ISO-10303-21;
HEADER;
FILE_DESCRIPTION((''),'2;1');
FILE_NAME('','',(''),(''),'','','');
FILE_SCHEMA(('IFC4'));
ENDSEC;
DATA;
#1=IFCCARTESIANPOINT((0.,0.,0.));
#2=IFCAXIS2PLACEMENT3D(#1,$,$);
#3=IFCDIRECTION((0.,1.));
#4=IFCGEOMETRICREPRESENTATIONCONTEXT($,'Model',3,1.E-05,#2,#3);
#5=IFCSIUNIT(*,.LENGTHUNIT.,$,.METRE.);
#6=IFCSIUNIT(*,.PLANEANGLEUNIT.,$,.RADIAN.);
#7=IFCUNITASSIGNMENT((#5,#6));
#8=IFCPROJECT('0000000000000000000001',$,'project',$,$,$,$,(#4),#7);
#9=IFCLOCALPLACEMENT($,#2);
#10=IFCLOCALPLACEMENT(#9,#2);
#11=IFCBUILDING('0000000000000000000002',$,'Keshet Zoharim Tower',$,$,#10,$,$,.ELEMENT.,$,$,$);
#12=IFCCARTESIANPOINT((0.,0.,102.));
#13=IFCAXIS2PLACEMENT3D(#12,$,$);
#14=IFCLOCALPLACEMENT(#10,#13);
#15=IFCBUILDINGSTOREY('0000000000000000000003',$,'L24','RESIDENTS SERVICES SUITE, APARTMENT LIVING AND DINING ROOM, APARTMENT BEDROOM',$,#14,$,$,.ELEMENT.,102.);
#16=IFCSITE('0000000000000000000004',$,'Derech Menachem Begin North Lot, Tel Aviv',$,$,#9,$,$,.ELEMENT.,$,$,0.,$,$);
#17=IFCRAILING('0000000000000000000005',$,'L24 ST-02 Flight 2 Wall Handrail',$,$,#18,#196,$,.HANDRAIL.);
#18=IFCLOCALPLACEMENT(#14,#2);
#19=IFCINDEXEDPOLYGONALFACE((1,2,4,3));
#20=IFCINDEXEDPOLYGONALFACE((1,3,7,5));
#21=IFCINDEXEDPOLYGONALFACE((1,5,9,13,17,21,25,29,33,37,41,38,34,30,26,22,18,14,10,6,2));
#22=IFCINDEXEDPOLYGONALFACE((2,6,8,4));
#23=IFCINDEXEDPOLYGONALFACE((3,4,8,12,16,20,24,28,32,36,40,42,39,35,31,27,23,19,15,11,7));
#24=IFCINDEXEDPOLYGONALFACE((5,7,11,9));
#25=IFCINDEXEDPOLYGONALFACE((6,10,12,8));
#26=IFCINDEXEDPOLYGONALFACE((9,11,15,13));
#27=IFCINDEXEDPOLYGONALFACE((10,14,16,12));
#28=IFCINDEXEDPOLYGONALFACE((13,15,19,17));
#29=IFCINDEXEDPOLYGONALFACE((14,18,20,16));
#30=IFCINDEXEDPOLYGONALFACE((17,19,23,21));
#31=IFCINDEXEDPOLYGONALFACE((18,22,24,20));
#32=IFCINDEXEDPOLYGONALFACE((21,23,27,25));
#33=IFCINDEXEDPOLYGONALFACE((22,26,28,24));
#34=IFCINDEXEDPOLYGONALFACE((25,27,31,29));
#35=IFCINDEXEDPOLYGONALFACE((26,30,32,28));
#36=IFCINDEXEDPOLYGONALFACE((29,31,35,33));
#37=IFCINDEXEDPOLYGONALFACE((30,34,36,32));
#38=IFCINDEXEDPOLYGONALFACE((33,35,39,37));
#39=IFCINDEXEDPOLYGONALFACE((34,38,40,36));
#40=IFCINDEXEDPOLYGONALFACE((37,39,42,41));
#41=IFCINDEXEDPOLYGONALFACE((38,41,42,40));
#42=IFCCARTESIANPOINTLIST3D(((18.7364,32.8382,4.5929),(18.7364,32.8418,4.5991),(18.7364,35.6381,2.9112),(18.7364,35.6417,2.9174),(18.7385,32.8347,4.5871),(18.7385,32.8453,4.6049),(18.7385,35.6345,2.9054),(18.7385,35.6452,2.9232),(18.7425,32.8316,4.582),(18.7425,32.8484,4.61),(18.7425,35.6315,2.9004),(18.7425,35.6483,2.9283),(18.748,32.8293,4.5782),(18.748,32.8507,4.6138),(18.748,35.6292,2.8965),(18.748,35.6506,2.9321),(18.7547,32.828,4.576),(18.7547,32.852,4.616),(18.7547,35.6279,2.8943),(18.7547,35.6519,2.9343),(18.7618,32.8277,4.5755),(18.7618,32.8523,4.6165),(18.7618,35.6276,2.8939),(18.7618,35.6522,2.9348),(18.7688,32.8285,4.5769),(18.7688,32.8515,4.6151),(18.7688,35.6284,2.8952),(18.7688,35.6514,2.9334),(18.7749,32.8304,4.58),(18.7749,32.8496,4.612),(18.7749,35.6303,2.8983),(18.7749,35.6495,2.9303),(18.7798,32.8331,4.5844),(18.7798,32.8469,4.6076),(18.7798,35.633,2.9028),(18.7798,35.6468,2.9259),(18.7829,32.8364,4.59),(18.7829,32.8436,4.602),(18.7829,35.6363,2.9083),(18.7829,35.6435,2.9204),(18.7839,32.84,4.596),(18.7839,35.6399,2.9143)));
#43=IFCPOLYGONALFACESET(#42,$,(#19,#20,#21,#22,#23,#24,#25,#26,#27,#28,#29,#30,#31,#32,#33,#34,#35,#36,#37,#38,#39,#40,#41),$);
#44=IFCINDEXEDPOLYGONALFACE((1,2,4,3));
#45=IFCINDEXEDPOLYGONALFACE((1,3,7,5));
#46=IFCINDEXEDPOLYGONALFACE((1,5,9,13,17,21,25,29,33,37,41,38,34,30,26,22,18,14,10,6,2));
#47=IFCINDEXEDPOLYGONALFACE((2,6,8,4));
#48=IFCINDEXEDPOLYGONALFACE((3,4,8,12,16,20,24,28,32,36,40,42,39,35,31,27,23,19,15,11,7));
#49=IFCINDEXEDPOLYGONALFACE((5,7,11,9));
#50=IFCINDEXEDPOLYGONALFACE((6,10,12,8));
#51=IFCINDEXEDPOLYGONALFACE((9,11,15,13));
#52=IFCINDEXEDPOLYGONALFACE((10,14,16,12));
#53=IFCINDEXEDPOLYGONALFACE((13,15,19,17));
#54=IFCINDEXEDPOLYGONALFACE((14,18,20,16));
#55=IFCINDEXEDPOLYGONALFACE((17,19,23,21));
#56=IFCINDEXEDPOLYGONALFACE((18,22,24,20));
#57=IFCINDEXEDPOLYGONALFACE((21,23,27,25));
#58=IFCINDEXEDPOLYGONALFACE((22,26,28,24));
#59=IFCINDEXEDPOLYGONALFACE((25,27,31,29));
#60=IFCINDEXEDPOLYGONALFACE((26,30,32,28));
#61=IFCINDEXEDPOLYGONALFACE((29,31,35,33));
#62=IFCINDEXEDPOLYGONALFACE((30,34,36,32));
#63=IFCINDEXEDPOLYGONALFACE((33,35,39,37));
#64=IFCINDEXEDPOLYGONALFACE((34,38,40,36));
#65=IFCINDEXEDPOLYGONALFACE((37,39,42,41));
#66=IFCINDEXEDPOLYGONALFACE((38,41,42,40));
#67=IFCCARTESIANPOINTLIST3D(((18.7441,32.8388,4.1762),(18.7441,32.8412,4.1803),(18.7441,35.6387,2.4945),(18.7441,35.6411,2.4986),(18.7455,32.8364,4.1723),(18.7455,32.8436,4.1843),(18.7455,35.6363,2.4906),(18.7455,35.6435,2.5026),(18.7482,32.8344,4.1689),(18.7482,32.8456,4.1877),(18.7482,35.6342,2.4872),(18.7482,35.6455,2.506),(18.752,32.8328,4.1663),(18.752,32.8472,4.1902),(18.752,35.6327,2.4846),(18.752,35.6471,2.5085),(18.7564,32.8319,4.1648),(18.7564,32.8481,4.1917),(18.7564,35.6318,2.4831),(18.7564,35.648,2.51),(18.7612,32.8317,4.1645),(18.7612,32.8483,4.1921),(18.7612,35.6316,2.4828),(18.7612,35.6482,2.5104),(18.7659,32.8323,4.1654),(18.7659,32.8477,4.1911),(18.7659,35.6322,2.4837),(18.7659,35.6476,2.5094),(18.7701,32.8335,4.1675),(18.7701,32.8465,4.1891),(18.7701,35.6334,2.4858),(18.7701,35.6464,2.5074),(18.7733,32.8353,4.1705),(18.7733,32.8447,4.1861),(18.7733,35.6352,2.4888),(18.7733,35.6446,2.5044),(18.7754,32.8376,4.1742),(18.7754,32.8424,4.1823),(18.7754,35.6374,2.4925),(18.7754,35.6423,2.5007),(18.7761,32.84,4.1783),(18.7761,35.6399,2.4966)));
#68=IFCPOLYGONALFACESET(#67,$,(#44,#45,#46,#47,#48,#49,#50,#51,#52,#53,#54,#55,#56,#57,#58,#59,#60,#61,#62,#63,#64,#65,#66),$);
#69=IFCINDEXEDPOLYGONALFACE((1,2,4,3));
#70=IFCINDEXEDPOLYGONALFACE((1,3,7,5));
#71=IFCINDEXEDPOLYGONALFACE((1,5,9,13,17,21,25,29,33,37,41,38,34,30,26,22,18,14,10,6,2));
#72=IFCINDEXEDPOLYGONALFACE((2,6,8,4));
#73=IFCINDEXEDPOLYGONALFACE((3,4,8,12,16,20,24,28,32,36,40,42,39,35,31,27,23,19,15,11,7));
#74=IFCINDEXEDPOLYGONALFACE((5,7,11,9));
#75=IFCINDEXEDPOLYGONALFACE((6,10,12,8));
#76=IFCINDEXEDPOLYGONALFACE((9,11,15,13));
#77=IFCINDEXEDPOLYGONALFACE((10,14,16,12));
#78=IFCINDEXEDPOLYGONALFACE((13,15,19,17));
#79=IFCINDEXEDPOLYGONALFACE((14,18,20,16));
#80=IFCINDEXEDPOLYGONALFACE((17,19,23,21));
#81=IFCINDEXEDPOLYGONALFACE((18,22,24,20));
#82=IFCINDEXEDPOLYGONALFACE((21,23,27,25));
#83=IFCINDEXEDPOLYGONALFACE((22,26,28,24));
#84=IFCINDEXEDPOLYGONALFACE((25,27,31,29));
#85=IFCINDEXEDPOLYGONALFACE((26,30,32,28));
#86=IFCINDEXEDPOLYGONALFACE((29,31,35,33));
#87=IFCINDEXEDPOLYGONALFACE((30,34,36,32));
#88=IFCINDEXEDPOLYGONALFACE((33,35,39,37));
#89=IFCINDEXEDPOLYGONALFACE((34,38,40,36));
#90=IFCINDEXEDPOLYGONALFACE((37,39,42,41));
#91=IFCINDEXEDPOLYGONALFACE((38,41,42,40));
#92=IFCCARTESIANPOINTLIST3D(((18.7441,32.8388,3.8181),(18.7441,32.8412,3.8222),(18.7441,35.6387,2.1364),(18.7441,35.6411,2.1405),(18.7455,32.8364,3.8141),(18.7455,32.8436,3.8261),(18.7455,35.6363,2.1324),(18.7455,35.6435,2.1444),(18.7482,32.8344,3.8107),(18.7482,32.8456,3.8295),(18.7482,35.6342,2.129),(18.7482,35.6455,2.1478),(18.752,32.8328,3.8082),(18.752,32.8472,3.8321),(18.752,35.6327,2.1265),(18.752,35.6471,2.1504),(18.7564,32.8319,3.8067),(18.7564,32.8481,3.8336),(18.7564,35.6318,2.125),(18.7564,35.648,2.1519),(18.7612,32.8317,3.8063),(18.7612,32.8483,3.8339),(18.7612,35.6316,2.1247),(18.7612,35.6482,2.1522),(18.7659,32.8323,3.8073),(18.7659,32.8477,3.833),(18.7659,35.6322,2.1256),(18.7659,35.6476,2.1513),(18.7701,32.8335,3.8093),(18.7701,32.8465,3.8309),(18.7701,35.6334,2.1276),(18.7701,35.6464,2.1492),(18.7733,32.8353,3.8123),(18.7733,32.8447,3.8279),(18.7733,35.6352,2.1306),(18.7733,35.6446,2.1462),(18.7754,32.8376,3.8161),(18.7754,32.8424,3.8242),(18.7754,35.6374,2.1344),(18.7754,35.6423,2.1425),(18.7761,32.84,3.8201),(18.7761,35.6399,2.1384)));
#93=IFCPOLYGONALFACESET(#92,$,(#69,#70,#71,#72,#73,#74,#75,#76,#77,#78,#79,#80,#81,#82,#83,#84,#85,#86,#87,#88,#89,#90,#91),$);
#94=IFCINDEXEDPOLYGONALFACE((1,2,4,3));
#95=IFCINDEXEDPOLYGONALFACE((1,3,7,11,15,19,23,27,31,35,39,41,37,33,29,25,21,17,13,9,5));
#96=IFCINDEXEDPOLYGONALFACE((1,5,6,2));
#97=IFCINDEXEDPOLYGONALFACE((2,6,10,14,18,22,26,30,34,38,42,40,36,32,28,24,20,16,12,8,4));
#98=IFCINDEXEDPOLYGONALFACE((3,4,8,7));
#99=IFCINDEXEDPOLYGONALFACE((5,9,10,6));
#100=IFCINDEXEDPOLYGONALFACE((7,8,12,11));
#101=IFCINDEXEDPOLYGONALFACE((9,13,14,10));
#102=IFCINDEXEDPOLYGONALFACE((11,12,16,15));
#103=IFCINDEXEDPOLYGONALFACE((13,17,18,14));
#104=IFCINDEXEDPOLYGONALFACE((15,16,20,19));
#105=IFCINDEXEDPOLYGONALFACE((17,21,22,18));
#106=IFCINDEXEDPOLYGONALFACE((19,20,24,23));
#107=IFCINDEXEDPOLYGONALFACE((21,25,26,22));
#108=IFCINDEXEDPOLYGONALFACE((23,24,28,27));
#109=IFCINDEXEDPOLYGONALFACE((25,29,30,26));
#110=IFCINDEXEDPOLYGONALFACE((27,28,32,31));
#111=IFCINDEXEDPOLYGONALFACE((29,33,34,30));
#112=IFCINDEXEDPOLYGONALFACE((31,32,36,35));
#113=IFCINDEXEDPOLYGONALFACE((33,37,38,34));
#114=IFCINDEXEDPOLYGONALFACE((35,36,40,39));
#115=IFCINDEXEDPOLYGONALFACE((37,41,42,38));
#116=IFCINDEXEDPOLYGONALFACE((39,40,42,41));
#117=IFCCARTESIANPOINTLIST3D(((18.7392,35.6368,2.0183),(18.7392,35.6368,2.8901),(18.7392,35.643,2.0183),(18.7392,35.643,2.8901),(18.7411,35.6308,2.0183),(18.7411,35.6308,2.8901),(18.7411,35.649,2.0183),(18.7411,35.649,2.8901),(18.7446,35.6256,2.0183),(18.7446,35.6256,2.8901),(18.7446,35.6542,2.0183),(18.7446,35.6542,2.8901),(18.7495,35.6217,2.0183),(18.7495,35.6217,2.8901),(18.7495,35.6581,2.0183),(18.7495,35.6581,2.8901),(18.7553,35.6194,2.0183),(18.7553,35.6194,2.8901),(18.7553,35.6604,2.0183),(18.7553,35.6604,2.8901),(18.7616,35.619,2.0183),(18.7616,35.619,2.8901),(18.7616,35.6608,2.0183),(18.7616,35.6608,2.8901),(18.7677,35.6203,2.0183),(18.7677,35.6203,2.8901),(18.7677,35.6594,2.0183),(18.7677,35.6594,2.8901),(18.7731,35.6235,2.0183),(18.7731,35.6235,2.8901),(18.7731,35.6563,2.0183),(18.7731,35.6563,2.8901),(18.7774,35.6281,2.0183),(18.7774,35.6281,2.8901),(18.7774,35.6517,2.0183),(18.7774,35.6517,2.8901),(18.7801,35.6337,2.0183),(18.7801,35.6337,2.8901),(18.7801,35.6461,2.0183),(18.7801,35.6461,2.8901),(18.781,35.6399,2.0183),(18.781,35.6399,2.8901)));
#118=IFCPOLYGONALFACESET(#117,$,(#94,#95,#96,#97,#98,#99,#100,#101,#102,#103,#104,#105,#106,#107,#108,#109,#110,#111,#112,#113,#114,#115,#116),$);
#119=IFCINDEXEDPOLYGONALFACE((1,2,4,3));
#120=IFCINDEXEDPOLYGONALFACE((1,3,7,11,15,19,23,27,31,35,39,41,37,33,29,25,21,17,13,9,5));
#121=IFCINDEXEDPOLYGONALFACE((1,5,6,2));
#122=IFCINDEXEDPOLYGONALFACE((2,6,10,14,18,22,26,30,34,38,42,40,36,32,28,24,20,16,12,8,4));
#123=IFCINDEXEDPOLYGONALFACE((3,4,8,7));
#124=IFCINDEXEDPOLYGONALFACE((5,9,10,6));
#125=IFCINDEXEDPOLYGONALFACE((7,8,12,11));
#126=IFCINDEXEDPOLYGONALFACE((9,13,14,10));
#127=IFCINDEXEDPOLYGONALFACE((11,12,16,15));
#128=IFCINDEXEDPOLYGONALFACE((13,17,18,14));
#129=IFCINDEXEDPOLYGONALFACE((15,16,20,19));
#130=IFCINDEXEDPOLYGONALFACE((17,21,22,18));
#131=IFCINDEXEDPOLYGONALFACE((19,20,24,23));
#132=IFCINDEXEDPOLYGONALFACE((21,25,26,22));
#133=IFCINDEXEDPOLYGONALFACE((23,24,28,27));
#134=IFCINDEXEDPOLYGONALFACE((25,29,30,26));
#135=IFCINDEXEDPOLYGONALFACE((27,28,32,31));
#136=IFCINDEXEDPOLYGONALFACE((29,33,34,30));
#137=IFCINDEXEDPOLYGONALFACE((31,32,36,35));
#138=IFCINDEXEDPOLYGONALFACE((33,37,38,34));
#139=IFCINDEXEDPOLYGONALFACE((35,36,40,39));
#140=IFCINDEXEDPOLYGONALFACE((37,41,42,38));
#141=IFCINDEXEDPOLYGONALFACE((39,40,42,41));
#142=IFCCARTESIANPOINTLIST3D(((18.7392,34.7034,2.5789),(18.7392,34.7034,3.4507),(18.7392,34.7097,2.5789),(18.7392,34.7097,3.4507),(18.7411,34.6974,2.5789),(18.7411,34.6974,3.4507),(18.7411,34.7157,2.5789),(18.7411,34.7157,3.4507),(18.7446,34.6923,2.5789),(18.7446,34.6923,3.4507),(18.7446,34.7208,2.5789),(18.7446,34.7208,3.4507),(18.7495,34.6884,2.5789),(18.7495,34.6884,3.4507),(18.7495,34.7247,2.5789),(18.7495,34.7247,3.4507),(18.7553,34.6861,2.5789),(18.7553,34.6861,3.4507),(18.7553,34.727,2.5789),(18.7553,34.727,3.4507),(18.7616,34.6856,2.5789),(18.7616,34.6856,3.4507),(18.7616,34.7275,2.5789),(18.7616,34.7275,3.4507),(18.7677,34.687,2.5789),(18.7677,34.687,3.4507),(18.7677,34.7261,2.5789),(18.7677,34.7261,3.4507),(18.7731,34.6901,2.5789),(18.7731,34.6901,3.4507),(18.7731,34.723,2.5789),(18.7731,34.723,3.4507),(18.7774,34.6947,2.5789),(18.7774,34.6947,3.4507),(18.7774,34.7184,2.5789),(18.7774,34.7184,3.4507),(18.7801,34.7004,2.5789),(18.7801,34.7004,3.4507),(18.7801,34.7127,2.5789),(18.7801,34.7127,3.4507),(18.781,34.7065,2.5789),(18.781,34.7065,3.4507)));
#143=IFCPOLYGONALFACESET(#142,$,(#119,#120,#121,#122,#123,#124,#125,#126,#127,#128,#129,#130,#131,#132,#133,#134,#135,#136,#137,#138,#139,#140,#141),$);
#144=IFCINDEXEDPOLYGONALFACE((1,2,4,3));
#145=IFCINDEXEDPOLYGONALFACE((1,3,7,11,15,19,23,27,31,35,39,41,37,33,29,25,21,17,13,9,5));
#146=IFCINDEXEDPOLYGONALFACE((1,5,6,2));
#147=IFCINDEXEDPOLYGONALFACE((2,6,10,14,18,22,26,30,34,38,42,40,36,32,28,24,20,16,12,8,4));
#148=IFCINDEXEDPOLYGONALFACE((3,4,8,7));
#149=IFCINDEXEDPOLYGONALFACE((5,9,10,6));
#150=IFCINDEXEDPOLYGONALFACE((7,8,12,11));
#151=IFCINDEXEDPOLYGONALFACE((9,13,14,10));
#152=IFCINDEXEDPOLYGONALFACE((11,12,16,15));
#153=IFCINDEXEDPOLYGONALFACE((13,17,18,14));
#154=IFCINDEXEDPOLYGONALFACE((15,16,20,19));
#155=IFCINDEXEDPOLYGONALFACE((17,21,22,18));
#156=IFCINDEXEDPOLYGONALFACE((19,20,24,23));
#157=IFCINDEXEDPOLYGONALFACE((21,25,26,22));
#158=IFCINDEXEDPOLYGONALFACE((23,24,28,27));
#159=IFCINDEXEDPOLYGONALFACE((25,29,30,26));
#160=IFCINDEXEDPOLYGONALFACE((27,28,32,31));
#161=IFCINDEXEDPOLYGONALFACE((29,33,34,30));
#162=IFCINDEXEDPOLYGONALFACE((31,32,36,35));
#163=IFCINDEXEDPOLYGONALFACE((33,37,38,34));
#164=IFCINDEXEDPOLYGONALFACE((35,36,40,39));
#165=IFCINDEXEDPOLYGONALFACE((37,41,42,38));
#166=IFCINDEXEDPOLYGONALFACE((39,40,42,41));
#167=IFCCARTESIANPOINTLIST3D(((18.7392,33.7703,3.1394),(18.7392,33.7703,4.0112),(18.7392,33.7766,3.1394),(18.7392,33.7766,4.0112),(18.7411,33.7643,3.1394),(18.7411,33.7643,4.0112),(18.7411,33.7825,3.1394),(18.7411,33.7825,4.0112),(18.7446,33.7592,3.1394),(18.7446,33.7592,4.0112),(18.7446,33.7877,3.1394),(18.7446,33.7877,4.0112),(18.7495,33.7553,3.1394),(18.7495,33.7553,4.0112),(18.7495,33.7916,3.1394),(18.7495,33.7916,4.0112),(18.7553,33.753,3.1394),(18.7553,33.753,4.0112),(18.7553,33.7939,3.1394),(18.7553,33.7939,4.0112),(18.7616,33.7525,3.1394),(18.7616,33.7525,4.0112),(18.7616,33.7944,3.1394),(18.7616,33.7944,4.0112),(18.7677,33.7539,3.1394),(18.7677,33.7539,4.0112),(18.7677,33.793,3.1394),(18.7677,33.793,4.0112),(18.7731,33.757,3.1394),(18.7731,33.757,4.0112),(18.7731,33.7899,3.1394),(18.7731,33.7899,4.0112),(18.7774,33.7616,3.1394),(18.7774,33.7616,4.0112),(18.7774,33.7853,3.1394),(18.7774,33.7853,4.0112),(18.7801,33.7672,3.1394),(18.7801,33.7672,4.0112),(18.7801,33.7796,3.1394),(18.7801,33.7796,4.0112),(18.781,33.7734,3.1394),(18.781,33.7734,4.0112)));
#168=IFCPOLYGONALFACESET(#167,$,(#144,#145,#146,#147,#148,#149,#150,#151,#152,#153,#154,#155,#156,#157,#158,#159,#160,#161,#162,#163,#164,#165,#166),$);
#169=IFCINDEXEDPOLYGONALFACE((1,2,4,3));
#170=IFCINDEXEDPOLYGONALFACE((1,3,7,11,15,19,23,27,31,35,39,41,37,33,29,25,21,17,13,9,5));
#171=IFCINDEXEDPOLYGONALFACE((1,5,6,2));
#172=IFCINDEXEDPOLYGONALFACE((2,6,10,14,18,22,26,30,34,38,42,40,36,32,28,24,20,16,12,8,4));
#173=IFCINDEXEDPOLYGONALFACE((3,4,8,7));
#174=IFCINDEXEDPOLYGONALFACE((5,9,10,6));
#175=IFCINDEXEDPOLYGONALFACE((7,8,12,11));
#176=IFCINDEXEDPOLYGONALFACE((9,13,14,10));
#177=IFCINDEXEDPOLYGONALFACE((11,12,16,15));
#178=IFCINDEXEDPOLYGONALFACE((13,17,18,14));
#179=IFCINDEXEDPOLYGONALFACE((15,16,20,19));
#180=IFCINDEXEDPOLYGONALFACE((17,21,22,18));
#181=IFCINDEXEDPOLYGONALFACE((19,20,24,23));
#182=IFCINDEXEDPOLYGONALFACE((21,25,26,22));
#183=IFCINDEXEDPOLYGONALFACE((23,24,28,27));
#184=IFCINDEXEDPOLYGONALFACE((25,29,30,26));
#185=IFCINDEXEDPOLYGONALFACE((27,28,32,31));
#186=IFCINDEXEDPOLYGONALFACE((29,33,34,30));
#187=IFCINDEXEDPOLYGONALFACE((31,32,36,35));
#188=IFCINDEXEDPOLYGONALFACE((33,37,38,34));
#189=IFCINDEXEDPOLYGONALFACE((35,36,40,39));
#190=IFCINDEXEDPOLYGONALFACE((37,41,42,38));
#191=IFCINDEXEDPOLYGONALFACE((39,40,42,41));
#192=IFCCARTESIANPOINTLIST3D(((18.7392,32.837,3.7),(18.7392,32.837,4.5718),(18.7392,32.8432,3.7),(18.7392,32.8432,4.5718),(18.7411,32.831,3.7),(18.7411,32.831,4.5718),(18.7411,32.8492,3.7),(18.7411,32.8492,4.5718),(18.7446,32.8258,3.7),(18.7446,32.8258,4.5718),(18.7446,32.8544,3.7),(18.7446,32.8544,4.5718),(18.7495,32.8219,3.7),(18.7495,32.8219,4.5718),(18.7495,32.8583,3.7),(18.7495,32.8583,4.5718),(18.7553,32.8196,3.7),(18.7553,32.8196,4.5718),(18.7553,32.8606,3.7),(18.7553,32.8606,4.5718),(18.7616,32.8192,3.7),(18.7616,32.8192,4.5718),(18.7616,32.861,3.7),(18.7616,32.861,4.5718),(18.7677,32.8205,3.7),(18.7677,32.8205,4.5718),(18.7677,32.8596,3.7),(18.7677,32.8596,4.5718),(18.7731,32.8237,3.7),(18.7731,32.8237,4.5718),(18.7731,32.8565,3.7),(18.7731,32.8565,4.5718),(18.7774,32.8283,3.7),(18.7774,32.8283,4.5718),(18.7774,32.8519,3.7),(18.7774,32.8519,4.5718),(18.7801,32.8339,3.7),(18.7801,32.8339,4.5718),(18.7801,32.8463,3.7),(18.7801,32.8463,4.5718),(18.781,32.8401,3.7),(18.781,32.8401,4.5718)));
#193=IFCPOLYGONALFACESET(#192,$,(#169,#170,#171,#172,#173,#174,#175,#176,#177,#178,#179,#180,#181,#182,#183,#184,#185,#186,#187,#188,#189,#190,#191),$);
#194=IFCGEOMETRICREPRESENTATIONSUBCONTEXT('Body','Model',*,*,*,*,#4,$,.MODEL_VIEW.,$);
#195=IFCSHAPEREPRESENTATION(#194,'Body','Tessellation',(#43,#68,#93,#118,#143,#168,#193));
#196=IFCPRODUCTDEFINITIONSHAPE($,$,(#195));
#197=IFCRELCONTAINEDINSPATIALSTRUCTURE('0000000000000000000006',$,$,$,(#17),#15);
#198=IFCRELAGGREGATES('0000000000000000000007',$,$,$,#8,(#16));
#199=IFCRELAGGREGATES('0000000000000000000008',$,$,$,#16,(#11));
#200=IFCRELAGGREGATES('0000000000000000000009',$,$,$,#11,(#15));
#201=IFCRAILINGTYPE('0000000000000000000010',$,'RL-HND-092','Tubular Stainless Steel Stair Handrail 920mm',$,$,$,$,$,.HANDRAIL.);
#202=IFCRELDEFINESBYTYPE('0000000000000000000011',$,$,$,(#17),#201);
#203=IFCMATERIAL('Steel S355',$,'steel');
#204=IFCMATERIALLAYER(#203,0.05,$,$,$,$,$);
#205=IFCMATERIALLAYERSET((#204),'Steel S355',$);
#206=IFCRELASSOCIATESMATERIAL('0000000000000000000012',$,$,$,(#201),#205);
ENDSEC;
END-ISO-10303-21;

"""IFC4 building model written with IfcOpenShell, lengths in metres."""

from ifc_helpers import new_model, si_unit, direction, frame, origin, origin_2d, place, context, subcontext, project, spatial, circle, extrude, material, layer, layer_set, type_object, element, save


model = new_model("IFC4")

# Units and contexts
model_context = context("Model", 3, precision=1e-05, world=origin(), true_north=direction((0.0, 1.0)))
body_context = subcontext(model_context, "Body", "Model", "MODEL_VIEW")
ifc_project = project(units=[si_unit("LENGTHUNIT", "METRE"), si_unit("PLANEANGLEUNIT", "RADIAN")], contexts=[model_context])

# Site, building, storey
site_placement = place(None, origin())
site = spatial("IfcSite", under=ifc_project, at=site_placement, Name="Derech Menachem Begin North Lot, Tel Aviv", CompositionType="ELEMENT", RefElevation=0.0)
building_placement = place(site_placement, origin())
building = spatial("IfcBuilding", under=site, at=building_placement, Name="Keshet Zoharim Tower", CompositionType="ELEMENT")
storey_placement = place(building_placement, frame((0.0, 0.0, 102.0)))
storey = spatial("IfcBuildingStorey", under=building, at=storey_placement, Name="L24", Description="RESIDENTS SERVICES SUITE, APARTMENT LIVING AND DINING ROOM, APARTMENT BEDROOM", CompositionType="ELEMENT", Elevation=102.0)

# Shared definitions
ifc_material_1 = material(Name="Steel S355", Category="steel")

# Railing
ifc_layer_1 = layer(ifc_material_1, 0.05)
ifc_layer_set_1 = layer_set([ifc_layer_1], Name="Steel S355")
railing_type = type_object("IfcRailingType", Name="RL-HND-092", Description="Tubular Stainless Steel Stair Handrail 920mm", PredefinedType="HANDRAIL", material=ifc_layer_set_1)
railing_placement = place(storey_placement, frame((18.76, 35.6399, 2.0183)))
element("IfcRailing", 1, at=railing_placement, inside=storey, type_object=railing_type, Name="L24 ST-02 Flight 2 Wall Handrail", PredefinedType="HANDRAIL", context=body_context, shape_type="SweptSolid", body=[
    extrude(circle(Radius=0.0239, at=origin_2d()), frame((0.0, 0.0, 0.896), z_axis=(0.0, -0.857255, 0.514891), x_axis=(1.0, 0.0, 0.0)), (0.0, 0.0, 1.0), 3.2661),
    extrude(circle(Radius=0.0161, at=origin_2d()), frame((0.0, 0.0, 0.4783), z_axis=(0.0, -0.857255, 0.514891), x_axis=(1.0, 0.0, 0.0)), (0.0, 0.0, 1.0), 3.2661),
    extrude(circle(Radius=0.0161, at=origin_2d()), frame((0.0, 0.0, 0.1201), z_axis=(0.0, -0.857255, 0.514891), x_axis=(1.0, 0.0, 0.0)), (0.0, 0.0, 1.0), 3.2661),
    extrude(circle(Radius=0.021, at=origin_2d()), origin(), (0.0, 0.0, 1.0), 0.8718),
    extrude(circle(Radius=0.021, at=origin_2d()), frame((0.0, -0.9333, 0.5605)), (0.0, 0.0, 1.0), 0.8718),
    extrude(circle(Radius=0.021, at=origin_2d()), frame((0.0, -1.8665, 1.1211)), (0.0, 0.0, 1.0), 0.8718),
    extrude(circle(Radius=0.021, at=origin_2d()), frame((0.0, -2.7998, 1.6816)), (0.0, 0.0, 1.0), 0.8718),
])

save(model, "model.ifc")
